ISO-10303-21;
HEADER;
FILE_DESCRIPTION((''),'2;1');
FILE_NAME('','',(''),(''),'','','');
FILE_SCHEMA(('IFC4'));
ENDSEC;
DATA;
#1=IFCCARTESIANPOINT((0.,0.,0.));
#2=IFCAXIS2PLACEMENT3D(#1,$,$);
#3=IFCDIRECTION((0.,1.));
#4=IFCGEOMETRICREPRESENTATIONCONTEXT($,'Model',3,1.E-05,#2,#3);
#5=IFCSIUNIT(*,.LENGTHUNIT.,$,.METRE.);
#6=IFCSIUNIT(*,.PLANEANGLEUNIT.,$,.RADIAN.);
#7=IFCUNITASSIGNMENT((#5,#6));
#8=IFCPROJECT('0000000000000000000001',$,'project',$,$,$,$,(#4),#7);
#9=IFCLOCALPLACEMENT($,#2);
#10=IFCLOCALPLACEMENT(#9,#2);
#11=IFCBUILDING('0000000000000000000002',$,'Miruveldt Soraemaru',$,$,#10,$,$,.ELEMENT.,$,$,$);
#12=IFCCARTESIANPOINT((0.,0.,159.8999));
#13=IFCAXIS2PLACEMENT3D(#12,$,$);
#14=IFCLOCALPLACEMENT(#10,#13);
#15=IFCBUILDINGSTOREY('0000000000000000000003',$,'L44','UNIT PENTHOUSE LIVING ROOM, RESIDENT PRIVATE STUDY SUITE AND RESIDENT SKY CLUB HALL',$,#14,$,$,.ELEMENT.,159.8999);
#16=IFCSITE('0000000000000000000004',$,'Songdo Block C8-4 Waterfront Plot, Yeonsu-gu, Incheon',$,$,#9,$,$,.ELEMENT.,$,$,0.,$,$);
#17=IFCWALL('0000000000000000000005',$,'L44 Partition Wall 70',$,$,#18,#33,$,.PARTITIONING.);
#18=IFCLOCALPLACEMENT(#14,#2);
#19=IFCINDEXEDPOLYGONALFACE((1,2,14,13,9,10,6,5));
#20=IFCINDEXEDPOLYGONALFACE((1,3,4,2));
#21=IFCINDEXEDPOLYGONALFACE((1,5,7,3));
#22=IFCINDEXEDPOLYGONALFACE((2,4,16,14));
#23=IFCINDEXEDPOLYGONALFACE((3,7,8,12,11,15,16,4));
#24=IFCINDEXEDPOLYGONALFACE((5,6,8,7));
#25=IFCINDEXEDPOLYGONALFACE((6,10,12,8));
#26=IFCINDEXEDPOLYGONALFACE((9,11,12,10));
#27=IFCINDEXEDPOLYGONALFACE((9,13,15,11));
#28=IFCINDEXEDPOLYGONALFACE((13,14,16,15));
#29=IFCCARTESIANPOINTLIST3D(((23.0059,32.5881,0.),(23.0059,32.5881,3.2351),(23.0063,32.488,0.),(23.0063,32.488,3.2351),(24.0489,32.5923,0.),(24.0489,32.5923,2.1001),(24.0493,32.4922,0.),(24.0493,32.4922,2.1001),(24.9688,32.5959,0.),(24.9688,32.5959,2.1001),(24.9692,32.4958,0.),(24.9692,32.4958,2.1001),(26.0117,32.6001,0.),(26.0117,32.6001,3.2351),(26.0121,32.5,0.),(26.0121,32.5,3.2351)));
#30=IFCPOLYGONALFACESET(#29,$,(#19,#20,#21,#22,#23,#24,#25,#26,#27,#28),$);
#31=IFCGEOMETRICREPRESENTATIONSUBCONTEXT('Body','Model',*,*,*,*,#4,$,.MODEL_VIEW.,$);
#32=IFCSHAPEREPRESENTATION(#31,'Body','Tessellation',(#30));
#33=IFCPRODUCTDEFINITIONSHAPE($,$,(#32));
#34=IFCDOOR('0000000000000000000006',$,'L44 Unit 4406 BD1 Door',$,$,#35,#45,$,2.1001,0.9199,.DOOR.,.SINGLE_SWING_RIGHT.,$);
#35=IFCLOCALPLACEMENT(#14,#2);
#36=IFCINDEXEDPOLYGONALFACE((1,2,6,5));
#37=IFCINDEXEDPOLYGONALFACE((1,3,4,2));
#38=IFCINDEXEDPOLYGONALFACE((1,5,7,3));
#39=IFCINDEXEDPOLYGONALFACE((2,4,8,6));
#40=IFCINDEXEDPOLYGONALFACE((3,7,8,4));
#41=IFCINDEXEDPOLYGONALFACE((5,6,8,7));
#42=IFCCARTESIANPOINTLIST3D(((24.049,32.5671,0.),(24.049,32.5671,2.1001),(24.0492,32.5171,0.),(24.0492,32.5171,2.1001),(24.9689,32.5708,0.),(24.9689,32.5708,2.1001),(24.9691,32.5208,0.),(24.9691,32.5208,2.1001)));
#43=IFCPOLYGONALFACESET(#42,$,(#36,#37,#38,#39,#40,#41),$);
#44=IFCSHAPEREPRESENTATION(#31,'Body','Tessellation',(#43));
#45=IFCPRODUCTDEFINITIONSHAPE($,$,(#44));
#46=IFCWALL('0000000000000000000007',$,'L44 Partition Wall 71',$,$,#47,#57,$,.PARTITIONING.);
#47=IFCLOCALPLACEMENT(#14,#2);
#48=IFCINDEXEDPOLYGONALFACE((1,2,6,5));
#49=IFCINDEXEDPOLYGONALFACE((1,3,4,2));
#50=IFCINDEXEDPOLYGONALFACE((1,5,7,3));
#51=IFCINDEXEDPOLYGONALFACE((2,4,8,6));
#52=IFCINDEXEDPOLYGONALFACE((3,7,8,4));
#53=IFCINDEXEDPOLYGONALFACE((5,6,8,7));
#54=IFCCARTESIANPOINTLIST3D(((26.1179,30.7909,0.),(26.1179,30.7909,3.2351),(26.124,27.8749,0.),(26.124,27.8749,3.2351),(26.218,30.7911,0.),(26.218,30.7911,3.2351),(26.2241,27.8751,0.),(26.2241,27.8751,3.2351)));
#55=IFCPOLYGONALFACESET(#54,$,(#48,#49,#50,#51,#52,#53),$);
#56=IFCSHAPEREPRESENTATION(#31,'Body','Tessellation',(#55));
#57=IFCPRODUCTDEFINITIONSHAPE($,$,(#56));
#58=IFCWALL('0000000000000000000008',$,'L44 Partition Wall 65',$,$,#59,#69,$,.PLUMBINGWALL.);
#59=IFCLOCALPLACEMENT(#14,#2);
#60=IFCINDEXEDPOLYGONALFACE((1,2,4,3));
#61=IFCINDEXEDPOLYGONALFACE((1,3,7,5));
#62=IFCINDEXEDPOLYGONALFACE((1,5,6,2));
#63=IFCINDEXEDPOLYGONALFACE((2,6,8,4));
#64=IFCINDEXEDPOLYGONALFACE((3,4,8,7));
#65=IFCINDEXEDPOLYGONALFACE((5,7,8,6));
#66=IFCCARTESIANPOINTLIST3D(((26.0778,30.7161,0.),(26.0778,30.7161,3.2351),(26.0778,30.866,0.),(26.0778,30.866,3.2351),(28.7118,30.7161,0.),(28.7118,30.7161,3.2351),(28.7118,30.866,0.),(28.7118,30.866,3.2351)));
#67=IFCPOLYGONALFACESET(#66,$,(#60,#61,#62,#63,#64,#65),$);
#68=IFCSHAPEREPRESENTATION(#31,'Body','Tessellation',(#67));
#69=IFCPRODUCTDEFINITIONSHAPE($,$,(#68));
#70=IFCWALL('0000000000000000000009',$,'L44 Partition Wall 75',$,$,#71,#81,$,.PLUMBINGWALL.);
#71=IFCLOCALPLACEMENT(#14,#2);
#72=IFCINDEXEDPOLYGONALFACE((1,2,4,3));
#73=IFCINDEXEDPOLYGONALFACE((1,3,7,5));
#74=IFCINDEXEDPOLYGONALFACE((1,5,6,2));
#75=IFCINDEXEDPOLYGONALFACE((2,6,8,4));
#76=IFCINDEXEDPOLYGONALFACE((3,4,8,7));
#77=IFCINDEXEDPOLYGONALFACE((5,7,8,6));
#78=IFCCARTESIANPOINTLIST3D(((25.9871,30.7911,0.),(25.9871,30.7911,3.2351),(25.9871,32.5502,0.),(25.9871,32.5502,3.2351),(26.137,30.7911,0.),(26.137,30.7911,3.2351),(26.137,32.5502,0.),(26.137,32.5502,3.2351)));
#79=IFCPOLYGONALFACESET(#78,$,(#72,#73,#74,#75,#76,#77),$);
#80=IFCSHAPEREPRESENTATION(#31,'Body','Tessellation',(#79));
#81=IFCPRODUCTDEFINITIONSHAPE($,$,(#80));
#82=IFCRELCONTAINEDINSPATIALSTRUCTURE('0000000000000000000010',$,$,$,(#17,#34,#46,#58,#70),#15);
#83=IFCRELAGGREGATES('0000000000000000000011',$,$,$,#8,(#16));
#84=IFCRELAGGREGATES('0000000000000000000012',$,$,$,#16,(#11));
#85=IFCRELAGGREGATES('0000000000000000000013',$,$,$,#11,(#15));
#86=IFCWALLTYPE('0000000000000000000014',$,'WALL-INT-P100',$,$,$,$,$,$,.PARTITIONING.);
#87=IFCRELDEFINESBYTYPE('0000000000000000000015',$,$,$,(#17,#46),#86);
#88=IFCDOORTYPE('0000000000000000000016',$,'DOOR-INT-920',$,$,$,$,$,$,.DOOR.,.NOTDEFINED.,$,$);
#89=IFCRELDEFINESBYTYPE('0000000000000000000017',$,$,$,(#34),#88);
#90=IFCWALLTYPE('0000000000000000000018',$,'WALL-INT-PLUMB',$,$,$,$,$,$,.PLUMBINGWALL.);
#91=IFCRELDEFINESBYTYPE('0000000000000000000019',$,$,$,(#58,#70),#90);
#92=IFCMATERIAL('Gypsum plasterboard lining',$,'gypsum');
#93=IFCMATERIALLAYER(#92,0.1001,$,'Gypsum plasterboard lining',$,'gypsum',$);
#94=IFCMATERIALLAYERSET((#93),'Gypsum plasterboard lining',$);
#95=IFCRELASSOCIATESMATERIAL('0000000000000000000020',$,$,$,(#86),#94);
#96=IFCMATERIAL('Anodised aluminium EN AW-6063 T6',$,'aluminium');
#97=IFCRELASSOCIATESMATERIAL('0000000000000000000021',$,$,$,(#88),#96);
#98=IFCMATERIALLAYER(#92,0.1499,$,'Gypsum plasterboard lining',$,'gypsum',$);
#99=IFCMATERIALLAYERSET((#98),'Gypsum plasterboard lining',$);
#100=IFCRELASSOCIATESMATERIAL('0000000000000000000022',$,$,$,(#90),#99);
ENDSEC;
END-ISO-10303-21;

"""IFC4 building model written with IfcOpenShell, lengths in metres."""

from ifc_helpers import new_model, si_unit, direction, frame, frame_2d, origin, place, context, subcontext, project, spatial, rectangle, extrude, material, layer, layer_set, type_object, element, fill, save


model = new_model("IFC4")

# Units and contexts
model_context = context("Model", 3, precision=1e-05, world=origin(), true_north=direction((0.0, 1.0)))
body_context = subcontext(model_context, "Body", "Model", "MODEL_VIEW")
ifc_project = project(units=[si_unit("LENGTHUNIT", "METRE"), si_unit("PLANEANGLEUNIT", "RADIAN")], contexts=[model_context])

# Site, building, storey
site_placement = place(None, origin())
site = spatial("IfcSite", under=ifc_project, at=site_placement, Name="Songdo Block C8-4 Waterfront Plot, Yeonsu-gu, Incheon", CompositionType="ELEMENT", RefElevation=0.0)
building_placement = place(site_placement, origin())
building = spatial("IfcBuilding", under=site, at=building_placement, Name="Miruveldt Soraemaru", CompositionType="ELEMENT")
storey_placement = place(building_placement, frame((0.0, 0.0, 159.8999)))
storey = spatial("IfcBuildingStorey", under=building, at=storey_placement, Name="L44", Description="UNIT PENTHOUSE LIVING ROOM, RESIDENT PRIVATE STUDY SUITE AND RESIDENT SKY CLUB HALL", CompositionType="ELEMENT", Elevation=159.8999)

# Shared definitions
ifc_material_1 = material(Name="Anodised aluminium EN AW-6063 T6", Category="aluminium")

# Wall, opening, door
ifc_material_2 = material(Name="Gypsum plasterboard lining", Category="gypsum")
ifc_layer_1 = layer(ifc_material_2, 0.1001, Name="Gypsum plasterboard lining", Category="gypsum")
ifc_layer_set_1 = layer_set([ifc_layer_1], Name="Gypsum plasterboard lining")
wall_type_1 = type_object("IfcWallType", Name="WALL-INT-P100", PredefinedType="PARTITIONING", material=ifc_layer_set_1)
wall_1_placement = place(storey_placement, frame((23.0061, 32.5381, 0.0), z_axis=(0.0, 0.0, 1.0), x_axis=(0.999992, 0.00398, 0.0)))
wall_1 = element("IfcWall", 1, at=wall_1_placement, inside=storey, type_object=wall_type_1, Name="L44 Partition Wall 70", PredefinedType="PARTITIONING", context=body_context, shape_type="SweptSolid", body=[
    extrude(rectangle(XDim=3.0059, YDim=0.1001, at=frame_2d((1.5029, 0.0))), origin(), (0.0, 0.0, 1.0), 3.2351),
])
opening_1_placement = place(wall_1_placement, frame((1.043, 0.0, 0.0)))
opening_1 = element("IfcOpeningElement", 2, at=opening_1_placement, cuts=wall_1, PredefinedType="OPENING", context=body_context, shape_type="SweptSolid", body=[
    extrude(rectangle(XDim=0.9199, YDim=2.1001, at=frame_2d((0.46, 1.05))), frame((0.0, 0.0601, 0.0), z_axis=(0.0, -1.0, 0.0), x_axis=(1.0, 0.0, 0.0)), (0.0, 0.0, 1.0), 0.1201),
])
door_type = type_object("IfcDoorType", Name="DOOR-INT-920", OperationType="NOTDEFINED", PredefinedType="DOOR", material=ifc_material_1)
door_placement = place(opening_1_placement, origin())
door = element("IfcDoor", 3, at=door_placement, inside=storey, type_object=door_type, Name="L44 Unit 4406 BD1 Door", OperationType="SINGLE_SWING_RIGHT", OverallHeight=2.1001, OverallWidth=0.9199, PredefinedType="DOOR", context=body_context, shape_type="SweptSolid", body=[
    extrude(rectangle(XDim=0.9199, YDim=2.1001, at=frame_2d((0.46, 1.05))), frame((0.0, 0.0249, 0.0), z_axis=(0.0, -1.0, 0.0), x_axis=(1.0, 0.0, 0.0)), (0.0, 0.0, 1.0), 0.05),
])
fill(opening_1, door)

# Walls
wall_2_placement = place(storey_placement, frame((26.168, 30.791, 0.0), z_axis=(0.0, 0.0, 1.0), x_axis=(0.002093, -0.999998, 0.0)))
element("IfcWall", 4, at=wall_2_placement, inside=storey, type_object=wall_type_1, Name="L44 Partition Wall 71", PredefinedType="PARTITIONING", context=body_context, shape_type="SweptSolid", body=[
    extrude(rectangle(XDim=2.916, YDim=0.1001, at=frame_2d((1.458, 0.0))), origin(), (0.0, 0.0, 1.0), 3.2351),
])
ifc_layer_2 = layer(ifc_material_2, 0.1499, Name="Gypsum plasterboard lining", Category="gypsum")
ifc_layer_set_2 = layer_set([ifc_layer_2], Name="Gypsum plasterboard lining")
wall_type_2 = type_object("IfcWallType", Name="WALL-INT-PLUMB", PredefinedType="PLUMBINGWALL", material=ifc_layer_set_2)
wall_3_placement = place(storey_placement, frame((26.0779, 30.791, 0.0), z_axis=(0.0, 0.0, 1.0), x_axis=(1.0, 0.0, 0.0)))
element("IfcWall", 5, at=wall_3_placement, inside=storey, type_object=wall_type_2, Name="L44 Partition Wall 65", PredefinedType="PLUMBINGWALL", context=body_context, shape_type="SweptSolid", body=[
    extrude(rectangle(XDim=2.634, YDim=0.1499, at=frame_2d((1.3169, 0.0))), origin(), (0.0, 0.0, 1.0), 3.2351),
])
wall_4_placement = place(storey_placement, frame((26.062, 32.55, 0.0), z_axis=(0.0, 0.0, 1.0), x_axis=(0.0, -1.0, 0.0)))
element("IfcWall", 6, at=wall_4_placement, inside=storey, type_object=wall_type_2, Name="L44 Partition Wall 75", PredefinedType="PLUMBINGWALL", context=body_context, shape_type="SweptSolid", body=[
    extrude(rectangle(XDim=1.759, YDim=0.1499, at=frame_2d((0.8794, 0.0))), origin(), (0.0, 0.0, 1.0), 3.2351),
])

save(model, "model.ifc")
